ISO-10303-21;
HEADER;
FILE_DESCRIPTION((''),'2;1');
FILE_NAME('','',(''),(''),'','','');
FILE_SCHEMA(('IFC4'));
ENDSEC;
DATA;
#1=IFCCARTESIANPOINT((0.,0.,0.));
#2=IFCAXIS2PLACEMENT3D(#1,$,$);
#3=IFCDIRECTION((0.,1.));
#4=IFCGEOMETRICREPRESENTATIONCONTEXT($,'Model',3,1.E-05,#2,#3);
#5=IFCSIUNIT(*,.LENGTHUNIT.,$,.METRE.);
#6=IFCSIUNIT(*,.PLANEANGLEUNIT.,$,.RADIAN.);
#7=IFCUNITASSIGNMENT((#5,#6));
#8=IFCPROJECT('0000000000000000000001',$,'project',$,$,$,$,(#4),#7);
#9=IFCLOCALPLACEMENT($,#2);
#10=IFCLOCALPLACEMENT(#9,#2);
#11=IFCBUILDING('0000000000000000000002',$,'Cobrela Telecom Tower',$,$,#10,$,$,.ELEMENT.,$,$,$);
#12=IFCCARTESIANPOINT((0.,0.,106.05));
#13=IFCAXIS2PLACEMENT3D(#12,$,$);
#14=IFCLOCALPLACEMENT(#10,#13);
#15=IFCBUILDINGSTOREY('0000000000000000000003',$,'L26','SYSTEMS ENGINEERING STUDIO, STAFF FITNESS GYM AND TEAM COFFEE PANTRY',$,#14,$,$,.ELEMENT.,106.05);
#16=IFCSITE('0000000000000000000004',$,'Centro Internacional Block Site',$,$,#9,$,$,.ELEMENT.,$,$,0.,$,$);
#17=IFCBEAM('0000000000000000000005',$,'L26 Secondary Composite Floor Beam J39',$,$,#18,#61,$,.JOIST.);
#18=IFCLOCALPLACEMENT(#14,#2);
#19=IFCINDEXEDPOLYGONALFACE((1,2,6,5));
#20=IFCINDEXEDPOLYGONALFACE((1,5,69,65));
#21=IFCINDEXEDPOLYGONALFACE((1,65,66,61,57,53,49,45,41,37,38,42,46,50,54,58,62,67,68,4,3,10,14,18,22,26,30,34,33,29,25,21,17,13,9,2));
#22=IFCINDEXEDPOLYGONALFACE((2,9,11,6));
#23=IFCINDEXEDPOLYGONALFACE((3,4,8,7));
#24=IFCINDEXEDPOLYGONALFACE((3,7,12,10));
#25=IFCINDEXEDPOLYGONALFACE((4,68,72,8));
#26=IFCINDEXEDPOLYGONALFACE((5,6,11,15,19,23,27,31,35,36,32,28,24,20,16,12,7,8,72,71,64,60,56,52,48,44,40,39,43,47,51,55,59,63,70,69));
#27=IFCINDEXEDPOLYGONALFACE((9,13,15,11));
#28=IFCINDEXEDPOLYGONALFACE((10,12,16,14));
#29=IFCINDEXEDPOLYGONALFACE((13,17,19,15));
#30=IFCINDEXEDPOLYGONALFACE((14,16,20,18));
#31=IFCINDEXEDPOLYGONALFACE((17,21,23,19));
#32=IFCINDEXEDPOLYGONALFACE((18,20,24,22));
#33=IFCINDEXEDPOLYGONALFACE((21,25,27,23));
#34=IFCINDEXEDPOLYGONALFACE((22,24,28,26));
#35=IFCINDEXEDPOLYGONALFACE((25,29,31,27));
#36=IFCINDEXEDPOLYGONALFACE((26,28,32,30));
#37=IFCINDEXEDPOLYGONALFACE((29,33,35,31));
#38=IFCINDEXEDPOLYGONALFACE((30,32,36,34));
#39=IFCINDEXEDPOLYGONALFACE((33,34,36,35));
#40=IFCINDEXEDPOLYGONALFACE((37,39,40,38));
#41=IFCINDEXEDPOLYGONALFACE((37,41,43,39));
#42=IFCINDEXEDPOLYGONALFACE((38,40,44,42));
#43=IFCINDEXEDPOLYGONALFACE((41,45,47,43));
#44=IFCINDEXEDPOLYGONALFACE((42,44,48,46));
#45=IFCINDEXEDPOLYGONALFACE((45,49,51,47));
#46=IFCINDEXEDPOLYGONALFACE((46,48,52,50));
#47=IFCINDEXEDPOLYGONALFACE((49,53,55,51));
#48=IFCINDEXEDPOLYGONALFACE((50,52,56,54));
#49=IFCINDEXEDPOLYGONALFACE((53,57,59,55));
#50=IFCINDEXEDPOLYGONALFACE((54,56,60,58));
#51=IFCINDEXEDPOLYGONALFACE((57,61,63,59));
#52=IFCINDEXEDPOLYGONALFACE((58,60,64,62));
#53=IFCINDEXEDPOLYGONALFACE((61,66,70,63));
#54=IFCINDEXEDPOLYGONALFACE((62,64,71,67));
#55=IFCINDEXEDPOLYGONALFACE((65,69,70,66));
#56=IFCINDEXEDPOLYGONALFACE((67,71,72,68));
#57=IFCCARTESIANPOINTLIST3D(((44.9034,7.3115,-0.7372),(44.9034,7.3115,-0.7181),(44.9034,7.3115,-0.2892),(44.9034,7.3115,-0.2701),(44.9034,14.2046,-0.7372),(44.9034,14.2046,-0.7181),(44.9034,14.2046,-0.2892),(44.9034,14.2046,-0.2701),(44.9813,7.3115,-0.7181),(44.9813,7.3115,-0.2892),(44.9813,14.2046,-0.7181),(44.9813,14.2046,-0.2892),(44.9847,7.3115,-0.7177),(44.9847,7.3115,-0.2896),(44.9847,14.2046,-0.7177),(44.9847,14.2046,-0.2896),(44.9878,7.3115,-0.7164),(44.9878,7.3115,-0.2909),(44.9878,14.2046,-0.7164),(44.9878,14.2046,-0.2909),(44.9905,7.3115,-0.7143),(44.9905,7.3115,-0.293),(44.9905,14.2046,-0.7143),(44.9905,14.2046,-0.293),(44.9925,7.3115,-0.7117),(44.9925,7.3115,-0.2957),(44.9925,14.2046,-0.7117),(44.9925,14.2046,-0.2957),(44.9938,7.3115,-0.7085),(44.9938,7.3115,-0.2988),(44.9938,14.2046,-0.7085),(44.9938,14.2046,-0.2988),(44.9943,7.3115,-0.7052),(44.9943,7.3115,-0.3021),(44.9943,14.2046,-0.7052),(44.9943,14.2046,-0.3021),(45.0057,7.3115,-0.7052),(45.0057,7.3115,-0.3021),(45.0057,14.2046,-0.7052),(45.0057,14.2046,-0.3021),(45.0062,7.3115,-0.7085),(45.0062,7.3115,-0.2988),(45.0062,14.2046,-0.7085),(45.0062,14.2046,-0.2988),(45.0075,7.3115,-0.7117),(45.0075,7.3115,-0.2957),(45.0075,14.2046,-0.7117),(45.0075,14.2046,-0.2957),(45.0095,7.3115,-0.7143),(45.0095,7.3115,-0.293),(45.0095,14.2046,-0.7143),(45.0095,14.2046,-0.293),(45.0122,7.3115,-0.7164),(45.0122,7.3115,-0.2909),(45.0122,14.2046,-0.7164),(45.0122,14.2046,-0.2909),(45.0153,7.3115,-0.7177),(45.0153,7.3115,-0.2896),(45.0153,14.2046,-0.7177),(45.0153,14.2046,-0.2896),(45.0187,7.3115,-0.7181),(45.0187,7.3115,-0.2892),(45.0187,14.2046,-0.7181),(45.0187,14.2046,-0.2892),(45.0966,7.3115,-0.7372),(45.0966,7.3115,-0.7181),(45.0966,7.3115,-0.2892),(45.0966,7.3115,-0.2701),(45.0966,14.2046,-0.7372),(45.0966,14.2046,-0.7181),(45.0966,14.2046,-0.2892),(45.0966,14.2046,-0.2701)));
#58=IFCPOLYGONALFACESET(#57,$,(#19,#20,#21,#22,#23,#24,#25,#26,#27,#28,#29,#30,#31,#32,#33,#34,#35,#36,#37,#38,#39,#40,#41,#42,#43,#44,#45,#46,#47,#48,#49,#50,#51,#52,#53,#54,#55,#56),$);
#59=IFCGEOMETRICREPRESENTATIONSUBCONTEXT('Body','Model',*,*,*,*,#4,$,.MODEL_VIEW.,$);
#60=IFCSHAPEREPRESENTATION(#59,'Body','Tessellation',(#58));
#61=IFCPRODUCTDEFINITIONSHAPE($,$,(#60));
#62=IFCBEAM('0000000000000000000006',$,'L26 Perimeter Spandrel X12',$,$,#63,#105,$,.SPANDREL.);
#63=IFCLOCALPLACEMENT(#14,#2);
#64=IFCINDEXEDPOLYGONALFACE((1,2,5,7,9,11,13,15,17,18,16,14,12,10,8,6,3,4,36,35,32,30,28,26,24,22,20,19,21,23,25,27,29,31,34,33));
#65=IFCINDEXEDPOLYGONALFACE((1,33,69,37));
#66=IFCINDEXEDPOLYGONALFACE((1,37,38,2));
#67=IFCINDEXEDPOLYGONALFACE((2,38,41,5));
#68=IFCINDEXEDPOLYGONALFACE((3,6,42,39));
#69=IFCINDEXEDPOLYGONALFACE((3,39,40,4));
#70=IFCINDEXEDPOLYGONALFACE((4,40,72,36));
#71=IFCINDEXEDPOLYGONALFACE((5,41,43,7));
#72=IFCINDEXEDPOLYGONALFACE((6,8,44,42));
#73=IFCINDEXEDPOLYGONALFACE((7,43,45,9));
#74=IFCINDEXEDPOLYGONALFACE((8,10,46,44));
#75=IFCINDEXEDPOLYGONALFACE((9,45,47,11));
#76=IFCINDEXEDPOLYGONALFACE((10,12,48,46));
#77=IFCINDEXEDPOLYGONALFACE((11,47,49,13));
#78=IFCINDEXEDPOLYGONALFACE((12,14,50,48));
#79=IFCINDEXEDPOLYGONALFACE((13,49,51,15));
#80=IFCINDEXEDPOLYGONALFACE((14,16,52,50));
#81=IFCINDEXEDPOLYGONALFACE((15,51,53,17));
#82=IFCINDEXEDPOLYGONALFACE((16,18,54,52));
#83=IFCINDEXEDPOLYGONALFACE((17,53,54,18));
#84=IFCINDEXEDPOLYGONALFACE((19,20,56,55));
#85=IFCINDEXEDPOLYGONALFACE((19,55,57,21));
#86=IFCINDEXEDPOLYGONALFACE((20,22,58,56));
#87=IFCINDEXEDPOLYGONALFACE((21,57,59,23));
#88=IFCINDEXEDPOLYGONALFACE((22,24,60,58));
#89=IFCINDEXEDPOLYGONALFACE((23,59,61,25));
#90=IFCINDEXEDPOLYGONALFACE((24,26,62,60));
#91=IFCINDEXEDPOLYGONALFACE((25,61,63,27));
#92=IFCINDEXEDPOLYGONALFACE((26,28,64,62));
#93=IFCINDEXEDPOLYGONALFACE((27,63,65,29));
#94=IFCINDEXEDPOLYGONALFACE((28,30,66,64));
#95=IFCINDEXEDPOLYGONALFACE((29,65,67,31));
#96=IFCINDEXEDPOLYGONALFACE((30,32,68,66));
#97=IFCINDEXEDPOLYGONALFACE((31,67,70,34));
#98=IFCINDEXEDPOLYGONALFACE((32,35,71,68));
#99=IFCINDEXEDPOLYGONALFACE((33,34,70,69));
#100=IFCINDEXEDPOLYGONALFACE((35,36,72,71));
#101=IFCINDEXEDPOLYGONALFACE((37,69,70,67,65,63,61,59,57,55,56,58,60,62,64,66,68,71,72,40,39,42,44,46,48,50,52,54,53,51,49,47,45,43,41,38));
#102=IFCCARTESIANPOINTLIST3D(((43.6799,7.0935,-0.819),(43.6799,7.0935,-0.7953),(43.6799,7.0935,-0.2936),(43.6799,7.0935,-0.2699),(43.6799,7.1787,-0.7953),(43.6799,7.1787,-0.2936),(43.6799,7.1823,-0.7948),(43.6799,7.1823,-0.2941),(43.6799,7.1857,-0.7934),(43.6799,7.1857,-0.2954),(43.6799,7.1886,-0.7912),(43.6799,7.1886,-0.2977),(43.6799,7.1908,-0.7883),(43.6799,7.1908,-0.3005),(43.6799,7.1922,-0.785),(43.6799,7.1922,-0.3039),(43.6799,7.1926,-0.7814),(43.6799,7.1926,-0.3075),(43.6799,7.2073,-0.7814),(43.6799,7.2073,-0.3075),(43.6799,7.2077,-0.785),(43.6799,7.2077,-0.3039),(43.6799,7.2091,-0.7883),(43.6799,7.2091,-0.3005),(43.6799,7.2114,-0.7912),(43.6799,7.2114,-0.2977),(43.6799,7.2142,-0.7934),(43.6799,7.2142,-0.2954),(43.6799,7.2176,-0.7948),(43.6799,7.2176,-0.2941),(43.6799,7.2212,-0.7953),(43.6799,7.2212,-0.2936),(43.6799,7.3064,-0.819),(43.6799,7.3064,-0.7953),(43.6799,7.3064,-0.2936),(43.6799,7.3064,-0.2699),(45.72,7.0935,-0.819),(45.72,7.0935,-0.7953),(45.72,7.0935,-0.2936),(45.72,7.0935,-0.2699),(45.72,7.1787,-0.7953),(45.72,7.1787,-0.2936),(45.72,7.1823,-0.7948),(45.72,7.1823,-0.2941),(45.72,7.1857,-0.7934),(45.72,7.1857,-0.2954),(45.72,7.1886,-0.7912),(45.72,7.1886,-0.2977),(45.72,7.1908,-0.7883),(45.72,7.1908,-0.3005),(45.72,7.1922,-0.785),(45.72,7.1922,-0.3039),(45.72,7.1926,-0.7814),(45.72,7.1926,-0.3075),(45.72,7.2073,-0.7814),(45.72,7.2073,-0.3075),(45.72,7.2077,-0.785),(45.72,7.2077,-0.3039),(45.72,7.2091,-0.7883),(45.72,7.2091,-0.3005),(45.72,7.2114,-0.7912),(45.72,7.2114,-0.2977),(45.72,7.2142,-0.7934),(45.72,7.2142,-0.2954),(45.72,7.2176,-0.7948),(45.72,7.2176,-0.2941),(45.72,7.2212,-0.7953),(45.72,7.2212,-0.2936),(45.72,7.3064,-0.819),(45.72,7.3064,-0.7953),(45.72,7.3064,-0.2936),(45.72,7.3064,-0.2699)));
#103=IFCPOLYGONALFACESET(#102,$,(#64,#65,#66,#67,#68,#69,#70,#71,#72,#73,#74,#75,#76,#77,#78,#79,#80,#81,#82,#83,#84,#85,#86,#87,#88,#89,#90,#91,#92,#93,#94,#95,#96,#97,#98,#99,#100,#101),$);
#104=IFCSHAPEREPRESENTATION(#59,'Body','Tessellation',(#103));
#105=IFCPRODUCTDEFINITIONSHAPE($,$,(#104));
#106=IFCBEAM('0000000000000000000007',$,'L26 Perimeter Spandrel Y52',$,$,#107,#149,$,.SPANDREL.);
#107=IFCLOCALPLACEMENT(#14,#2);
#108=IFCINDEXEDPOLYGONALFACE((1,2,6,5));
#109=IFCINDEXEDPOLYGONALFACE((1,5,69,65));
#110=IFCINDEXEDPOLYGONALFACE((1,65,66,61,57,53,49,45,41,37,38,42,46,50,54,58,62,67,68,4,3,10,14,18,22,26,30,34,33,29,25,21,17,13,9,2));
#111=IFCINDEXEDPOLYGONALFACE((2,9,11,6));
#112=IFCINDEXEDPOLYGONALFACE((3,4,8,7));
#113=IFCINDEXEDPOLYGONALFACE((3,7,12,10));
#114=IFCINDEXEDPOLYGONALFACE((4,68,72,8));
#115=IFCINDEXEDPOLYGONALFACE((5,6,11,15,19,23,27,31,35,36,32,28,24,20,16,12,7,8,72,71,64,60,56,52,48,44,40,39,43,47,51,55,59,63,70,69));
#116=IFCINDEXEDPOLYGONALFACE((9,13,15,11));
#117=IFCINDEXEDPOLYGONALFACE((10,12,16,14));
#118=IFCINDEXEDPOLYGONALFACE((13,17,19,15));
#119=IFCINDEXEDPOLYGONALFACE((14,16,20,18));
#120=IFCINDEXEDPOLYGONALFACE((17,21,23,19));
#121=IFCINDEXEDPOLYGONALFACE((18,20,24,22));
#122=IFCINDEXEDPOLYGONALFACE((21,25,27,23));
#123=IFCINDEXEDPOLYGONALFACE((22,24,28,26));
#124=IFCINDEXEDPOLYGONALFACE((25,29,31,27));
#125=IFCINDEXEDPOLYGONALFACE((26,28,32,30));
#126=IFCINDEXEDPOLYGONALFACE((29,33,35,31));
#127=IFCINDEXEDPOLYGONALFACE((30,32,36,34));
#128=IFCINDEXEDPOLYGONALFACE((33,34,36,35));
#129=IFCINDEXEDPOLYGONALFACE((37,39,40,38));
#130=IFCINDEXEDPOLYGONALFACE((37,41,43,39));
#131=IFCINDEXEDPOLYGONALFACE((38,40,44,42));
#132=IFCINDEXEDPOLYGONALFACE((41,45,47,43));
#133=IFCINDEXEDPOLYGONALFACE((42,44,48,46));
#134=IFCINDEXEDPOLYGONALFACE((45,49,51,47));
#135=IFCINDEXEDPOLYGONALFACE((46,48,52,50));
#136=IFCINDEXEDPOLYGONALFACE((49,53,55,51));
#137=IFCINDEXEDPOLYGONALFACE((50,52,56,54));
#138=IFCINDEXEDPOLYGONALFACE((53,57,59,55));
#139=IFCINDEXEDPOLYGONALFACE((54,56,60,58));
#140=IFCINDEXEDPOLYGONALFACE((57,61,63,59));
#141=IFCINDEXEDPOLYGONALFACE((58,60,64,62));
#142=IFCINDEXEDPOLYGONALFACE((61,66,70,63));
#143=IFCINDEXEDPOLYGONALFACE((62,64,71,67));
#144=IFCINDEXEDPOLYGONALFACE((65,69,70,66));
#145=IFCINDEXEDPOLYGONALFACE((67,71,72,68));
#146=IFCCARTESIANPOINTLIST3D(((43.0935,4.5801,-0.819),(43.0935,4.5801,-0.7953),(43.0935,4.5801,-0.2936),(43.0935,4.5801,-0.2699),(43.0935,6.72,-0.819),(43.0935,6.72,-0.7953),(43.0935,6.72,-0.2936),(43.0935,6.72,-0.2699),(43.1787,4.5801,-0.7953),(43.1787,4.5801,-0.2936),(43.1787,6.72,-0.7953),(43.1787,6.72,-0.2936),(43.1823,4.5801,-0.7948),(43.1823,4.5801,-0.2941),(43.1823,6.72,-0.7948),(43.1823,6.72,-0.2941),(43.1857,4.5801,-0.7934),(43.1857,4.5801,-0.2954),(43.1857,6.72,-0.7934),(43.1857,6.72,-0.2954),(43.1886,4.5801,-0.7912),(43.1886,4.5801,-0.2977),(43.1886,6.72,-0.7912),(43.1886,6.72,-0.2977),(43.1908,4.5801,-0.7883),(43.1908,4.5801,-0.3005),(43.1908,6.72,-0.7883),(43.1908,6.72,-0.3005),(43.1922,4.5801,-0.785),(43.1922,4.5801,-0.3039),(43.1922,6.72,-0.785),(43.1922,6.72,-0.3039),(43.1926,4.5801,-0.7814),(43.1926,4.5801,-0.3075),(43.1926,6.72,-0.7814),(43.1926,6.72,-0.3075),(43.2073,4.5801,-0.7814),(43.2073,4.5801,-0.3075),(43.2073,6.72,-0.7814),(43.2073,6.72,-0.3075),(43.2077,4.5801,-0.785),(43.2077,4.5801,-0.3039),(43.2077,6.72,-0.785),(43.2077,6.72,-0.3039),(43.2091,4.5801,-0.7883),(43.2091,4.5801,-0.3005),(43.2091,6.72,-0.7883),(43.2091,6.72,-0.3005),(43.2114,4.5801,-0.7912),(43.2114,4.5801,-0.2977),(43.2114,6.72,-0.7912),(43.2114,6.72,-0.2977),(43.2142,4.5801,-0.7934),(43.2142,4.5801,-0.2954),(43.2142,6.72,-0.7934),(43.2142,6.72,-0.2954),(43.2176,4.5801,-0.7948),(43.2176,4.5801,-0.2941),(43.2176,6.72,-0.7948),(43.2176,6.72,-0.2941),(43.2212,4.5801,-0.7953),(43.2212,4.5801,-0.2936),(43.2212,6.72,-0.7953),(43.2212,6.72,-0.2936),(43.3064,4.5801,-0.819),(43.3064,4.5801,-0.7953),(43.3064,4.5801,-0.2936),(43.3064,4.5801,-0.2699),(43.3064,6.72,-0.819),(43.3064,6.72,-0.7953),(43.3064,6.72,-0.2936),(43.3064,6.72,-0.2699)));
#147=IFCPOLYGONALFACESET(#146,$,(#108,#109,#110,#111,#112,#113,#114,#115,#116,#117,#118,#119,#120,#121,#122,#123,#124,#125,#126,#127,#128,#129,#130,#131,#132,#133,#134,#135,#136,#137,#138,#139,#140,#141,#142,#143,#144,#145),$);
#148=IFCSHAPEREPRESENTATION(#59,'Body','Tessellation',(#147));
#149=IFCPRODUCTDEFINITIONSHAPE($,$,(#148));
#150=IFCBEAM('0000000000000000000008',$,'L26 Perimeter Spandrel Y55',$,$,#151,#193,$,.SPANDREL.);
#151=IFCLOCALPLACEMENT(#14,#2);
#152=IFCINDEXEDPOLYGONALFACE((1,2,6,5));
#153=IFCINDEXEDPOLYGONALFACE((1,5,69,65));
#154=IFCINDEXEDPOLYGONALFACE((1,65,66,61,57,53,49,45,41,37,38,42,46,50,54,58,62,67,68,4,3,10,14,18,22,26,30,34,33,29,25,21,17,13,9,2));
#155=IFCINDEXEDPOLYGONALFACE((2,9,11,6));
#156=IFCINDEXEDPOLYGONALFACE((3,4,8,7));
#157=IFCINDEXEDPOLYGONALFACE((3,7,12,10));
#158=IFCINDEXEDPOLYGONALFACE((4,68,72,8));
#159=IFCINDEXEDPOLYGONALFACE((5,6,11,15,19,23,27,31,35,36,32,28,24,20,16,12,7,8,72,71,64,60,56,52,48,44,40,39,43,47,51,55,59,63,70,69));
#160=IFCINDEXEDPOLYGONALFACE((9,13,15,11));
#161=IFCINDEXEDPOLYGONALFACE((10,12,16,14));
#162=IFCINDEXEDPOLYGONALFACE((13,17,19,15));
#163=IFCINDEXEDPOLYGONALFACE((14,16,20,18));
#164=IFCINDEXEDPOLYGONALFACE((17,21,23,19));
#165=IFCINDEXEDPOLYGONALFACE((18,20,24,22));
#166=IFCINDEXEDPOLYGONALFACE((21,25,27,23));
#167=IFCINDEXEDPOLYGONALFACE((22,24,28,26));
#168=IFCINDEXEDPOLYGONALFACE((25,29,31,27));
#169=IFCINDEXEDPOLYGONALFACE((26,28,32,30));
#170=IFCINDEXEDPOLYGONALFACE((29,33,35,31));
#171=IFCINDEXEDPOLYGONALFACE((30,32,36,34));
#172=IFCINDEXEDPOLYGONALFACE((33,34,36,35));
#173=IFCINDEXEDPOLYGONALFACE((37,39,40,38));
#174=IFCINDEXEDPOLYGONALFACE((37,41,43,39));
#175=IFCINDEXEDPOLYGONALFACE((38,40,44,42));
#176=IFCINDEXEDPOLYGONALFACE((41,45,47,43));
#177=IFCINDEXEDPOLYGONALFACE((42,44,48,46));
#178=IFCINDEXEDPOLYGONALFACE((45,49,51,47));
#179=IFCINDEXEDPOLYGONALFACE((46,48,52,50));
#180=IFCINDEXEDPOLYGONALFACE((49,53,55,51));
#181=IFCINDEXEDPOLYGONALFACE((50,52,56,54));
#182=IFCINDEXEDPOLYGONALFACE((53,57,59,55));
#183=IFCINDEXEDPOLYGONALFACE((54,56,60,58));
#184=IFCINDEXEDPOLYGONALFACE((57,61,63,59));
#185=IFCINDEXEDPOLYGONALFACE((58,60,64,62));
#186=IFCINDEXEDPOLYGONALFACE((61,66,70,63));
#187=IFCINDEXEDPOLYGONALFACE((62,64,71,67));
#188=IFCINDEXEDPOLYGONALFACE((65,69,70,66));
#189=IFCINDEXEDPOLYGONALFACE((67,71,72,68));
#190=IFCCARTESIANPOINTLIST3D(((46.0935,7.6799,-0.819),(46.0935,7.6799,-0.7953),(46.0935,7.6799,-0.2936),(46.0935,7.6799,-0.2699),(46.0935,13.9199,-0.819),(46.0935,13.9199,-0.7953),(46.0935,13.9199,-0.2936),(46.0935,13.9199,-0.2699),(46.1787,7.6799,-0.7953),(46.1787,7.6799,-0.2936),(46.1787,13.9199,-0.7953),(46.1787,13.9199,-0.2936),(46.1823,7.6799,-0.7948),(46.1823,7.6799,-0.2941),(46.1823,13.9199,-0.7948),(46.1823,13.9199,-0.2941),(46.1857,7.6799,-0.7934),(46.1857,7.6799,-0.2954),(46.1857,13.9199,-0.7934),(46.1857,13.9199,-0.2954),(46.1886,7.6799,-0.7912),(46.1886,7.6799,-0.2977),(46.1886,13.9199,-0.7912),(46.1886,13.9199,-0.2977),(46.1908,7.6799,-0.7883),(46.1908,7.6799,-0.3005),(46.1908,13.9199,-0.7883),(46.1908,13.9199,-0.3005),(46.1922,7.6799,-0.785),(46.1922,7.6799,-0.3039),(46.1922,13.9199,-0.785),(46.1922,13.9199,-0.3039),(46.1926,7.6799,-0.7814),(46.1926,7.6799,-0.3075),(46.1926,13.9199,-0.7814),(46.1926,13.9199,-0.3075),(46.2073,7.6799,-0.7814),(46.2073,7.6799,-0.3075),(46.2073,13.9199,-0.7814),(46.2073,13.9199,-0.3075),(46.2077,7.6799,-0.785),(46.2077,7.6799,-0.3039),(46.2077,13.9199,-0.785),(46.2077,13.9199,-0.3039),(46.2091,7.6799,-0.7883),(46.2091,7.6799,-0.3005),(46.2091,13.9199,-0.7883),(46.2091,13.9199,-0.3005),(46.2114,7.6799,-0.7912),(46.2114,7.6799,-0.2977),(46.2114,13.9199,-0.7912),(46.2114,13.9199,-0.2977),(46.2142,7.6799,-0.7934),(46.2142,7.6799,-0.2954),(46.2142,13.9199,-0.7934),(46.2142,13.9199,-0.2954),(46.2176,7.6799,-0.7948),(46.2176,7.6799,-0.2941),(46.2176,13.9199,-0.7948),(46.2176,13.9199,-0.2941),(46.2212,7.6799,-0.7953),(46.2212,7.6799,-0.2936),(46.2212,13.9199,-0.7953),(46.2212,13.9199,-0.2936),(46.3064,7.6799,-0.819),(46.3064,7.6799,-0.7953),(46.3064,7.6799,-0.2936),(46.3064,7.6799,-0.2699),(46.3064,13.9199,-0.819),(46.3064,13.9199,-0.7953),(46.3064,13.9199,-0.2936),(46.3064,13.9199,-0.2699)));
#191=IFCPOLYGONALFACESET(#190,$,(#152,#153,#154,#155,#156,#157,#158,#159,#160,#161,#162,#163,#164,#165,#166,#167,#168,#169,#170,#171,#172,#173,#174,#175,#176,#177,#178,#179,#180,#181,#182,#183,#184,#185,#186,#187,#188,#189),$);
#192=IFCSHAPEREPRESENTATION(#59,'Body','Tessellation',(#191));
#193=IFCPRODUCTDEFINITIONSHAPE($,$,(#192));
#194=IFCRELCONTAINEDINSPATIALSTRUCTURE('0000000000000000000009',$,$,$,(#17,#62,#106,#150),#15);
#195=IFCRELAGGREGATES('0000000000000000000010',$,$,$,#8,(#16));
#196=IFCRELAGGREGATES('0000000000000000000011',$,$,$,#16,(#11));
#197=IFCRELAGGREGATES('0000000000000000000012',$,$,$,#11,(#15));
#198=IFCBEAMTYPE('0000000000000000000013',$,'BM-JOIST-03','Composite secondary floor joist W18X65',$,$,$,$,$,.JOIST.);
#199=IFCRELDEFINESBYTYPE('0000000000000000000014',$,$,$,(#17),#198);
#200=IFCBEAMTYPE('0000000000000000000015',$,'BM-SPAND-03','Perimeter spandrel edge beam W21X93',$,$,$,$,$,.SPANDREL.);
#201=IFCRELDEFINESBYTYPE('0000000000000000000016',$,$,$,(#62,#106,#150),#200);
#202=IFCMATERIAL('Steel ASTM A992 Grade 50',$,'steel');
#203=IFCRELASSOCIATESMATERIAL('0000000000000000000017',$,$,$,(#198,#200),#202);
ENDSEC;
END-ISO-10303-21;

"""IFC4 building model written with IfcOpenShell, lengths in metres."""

from ifc_helpers import new_model, si_unit, direction, frame, origin, origin_2d, place, context, subcontext, project, spatial, i_section, extrude, material, material_profile, profile_set, type_object, element, save


model = new_model("IFC4")

# Units and contexts
model_context = context("Model", 3, precision=1e-05, world=origin(), true_north=direction((0.0, 1.0)))
body_context = subcontext(model_context, "Body", "Model", "MODEL_VIEW")
ifc_project = project(units=[si_unit("LENGTHUNIT", "METRE"), si_unit("PLANEANGLEUNIT", "RADIAN")], contexts=[model_context])

# Site, building, storey
site_placement = place(None, origin())
site = spatial("IfcSite", under=ifc_project, at=site_placement, Name="Centro Internacional Block Site", CompositionType="ELEMENT", RefElevation=0.0)
building_placement = place(site_placement, origin())
building = spatial("IfcBuilding", under=site, at=building_placement, Name="Cobrela Telecom Tower", CompositionType="ELEMENT")
storey_placement = place(building_placement, frame((0.0, 0.0, 106.05)))
storey = spatial("IfcBuildingStorey", under=building, at=storey_placement, Name="L26", Description="SYSTEMS ENGINEERING STUDIO, STAFF FITNESS GYM AND TEAM COFFEE PANTRY", CompositionType="ELEMENT", Elevation=106.05)

# Shared definitions
ifc_material_1 = material(Name="Steel ASTM A992 Grade 50", Category="steel")

# Beams
ifc_material_profile_1 = material_profile(ifc_material_1, i_section(OverallWidth=0.1931, OverallDepth=0.467, WebThickness=0.0115, FlangeThickness=0.019, FilletRadius=0.0129, at=origin_2d()), Name="W18X65")
ifc_profile_set_1 = profile_set([ifc_material_profile_1], Name="Steel ASTM A992 Grade 50")
beam_type_1 = type_object("IfcBeamType", Name="BM-JOIST-03", Description="Composite secondary floor joist W18X65", PredefinedType="JOIST", material=ifc_profile_set_1)
beam_1_placement = place(storey_placement, frame((45.0, 7.3115, -0.5037), z_axis=(0.0, 1.0, 0.0), x_axis=(-1.0, 0.0, 0.0)))
element("IfcBeam", 1, at=beam_1_placement, inside=storey, type_object=beam_type_1, Name="L26 Secondary Composite Floor Beam J39", PredefinedType="JOIST", context=body_context, shape_type="SweptSolid", body=[
    extrude(i_section(OverallWidth=0.1931, OverallDepth=0.467, WebThickness=0.0115, FlangeThickness=0.019, FilletRadius=0.0129, at=origin_2d()), origin(), (0.0, 0.0, 1.0), 6.8931),
])
ifc_material_profile_2 = material_profile(ifc_material_1, i_section(OverallWidth=0.2129, OverallDepth=0.5491, WebThickness=0.0146, FlangeThickness=0.0237, FilletRadius=0.0139, at=origin_2d()), Name="W21X93")
ifc_profile_set_2 = profile_set([ifc_material_profile_2], Name="Steel ASTM A992 Grade 50")
beam_type_2 = type_object("IfcBeamType", Name="BM-SPAND-03", Description="Perimeter spandrel edge beam W21X93", PredefinedType="SPANDREL", material=ifc_profile_set_2)
beam_2_placement = place(storey_placement, frame((43.6799, 7.2, -0.5444), z_axis=(1.0, 0.0, 0.0), x_axis=(0.0, 1.0, 0.0)))
element("IfcBeam", 2, at=beam_2_placement, inside=storey, type_object=beam_type_2, Name="L26 Perimeter Spandrel X12", PredefinedType="SPANDREL", context=body_context, shape_type="SweptSolid", body=[
    extrude(i_section(OverallWidth=0.2129, OverallDepth=0.5491, WebThickness=0.0146, FlangeThickness=0.0237, FilletRadius=0.0139, at=origin_2d()), origin(), (0.0, 0.0, 1.0), 2.04),
])
beam_3_placement = place(storey_placement, frame((43.2, 4.5801, -0.5444), z_axis=(0.0, 1.0, 0.0), x_axis=(-1.0, 0.0, 0.0)))
element("IfcBeam", 3, at=beam_3_placement, inside=storey, type_object=beam_type_2, Name="L26 Perimeter Spandrel Y52", PredefinedType="SPANDREL", context=body_context, shape_type="SweptSolid", body=[
    extrude(i_section(OverallWidth=0.2129, OverallDepth=0.5491, WebThickness=0.0146, FlangeThickness=0.0237, FilletRadius=0.0139, at=origin_2d()), origin(), (0.0, 0.0, 1.0), 2.1399),
])
beam_4_placement = place(storey_placement, frame((46.2, 7.6799, -0.5444), z_axis=(0.0, 1.0, 0.0), x_axis=(-1.0, 0.0, 0.0)))
element("IfcBeam", 4, at=beam_4_placement, inside=storey, type_object=beam_type_2, Name="L26 Perimeter Spandrel Y55", PredefinedType="SPANDREL", context=body_context, shape_type="SweptSolid", body=[
    extrude(i_section(OverallWidth=0.2129, OverallDepth=0.5491, WebThickness=0.0146, FlangeThickness=0.0237, FilletRadius=0.0139, at=origin_2d()), origin(), (0.0, 0.0, 1.0), 6.24),
])

save(model, "model.ifc")
